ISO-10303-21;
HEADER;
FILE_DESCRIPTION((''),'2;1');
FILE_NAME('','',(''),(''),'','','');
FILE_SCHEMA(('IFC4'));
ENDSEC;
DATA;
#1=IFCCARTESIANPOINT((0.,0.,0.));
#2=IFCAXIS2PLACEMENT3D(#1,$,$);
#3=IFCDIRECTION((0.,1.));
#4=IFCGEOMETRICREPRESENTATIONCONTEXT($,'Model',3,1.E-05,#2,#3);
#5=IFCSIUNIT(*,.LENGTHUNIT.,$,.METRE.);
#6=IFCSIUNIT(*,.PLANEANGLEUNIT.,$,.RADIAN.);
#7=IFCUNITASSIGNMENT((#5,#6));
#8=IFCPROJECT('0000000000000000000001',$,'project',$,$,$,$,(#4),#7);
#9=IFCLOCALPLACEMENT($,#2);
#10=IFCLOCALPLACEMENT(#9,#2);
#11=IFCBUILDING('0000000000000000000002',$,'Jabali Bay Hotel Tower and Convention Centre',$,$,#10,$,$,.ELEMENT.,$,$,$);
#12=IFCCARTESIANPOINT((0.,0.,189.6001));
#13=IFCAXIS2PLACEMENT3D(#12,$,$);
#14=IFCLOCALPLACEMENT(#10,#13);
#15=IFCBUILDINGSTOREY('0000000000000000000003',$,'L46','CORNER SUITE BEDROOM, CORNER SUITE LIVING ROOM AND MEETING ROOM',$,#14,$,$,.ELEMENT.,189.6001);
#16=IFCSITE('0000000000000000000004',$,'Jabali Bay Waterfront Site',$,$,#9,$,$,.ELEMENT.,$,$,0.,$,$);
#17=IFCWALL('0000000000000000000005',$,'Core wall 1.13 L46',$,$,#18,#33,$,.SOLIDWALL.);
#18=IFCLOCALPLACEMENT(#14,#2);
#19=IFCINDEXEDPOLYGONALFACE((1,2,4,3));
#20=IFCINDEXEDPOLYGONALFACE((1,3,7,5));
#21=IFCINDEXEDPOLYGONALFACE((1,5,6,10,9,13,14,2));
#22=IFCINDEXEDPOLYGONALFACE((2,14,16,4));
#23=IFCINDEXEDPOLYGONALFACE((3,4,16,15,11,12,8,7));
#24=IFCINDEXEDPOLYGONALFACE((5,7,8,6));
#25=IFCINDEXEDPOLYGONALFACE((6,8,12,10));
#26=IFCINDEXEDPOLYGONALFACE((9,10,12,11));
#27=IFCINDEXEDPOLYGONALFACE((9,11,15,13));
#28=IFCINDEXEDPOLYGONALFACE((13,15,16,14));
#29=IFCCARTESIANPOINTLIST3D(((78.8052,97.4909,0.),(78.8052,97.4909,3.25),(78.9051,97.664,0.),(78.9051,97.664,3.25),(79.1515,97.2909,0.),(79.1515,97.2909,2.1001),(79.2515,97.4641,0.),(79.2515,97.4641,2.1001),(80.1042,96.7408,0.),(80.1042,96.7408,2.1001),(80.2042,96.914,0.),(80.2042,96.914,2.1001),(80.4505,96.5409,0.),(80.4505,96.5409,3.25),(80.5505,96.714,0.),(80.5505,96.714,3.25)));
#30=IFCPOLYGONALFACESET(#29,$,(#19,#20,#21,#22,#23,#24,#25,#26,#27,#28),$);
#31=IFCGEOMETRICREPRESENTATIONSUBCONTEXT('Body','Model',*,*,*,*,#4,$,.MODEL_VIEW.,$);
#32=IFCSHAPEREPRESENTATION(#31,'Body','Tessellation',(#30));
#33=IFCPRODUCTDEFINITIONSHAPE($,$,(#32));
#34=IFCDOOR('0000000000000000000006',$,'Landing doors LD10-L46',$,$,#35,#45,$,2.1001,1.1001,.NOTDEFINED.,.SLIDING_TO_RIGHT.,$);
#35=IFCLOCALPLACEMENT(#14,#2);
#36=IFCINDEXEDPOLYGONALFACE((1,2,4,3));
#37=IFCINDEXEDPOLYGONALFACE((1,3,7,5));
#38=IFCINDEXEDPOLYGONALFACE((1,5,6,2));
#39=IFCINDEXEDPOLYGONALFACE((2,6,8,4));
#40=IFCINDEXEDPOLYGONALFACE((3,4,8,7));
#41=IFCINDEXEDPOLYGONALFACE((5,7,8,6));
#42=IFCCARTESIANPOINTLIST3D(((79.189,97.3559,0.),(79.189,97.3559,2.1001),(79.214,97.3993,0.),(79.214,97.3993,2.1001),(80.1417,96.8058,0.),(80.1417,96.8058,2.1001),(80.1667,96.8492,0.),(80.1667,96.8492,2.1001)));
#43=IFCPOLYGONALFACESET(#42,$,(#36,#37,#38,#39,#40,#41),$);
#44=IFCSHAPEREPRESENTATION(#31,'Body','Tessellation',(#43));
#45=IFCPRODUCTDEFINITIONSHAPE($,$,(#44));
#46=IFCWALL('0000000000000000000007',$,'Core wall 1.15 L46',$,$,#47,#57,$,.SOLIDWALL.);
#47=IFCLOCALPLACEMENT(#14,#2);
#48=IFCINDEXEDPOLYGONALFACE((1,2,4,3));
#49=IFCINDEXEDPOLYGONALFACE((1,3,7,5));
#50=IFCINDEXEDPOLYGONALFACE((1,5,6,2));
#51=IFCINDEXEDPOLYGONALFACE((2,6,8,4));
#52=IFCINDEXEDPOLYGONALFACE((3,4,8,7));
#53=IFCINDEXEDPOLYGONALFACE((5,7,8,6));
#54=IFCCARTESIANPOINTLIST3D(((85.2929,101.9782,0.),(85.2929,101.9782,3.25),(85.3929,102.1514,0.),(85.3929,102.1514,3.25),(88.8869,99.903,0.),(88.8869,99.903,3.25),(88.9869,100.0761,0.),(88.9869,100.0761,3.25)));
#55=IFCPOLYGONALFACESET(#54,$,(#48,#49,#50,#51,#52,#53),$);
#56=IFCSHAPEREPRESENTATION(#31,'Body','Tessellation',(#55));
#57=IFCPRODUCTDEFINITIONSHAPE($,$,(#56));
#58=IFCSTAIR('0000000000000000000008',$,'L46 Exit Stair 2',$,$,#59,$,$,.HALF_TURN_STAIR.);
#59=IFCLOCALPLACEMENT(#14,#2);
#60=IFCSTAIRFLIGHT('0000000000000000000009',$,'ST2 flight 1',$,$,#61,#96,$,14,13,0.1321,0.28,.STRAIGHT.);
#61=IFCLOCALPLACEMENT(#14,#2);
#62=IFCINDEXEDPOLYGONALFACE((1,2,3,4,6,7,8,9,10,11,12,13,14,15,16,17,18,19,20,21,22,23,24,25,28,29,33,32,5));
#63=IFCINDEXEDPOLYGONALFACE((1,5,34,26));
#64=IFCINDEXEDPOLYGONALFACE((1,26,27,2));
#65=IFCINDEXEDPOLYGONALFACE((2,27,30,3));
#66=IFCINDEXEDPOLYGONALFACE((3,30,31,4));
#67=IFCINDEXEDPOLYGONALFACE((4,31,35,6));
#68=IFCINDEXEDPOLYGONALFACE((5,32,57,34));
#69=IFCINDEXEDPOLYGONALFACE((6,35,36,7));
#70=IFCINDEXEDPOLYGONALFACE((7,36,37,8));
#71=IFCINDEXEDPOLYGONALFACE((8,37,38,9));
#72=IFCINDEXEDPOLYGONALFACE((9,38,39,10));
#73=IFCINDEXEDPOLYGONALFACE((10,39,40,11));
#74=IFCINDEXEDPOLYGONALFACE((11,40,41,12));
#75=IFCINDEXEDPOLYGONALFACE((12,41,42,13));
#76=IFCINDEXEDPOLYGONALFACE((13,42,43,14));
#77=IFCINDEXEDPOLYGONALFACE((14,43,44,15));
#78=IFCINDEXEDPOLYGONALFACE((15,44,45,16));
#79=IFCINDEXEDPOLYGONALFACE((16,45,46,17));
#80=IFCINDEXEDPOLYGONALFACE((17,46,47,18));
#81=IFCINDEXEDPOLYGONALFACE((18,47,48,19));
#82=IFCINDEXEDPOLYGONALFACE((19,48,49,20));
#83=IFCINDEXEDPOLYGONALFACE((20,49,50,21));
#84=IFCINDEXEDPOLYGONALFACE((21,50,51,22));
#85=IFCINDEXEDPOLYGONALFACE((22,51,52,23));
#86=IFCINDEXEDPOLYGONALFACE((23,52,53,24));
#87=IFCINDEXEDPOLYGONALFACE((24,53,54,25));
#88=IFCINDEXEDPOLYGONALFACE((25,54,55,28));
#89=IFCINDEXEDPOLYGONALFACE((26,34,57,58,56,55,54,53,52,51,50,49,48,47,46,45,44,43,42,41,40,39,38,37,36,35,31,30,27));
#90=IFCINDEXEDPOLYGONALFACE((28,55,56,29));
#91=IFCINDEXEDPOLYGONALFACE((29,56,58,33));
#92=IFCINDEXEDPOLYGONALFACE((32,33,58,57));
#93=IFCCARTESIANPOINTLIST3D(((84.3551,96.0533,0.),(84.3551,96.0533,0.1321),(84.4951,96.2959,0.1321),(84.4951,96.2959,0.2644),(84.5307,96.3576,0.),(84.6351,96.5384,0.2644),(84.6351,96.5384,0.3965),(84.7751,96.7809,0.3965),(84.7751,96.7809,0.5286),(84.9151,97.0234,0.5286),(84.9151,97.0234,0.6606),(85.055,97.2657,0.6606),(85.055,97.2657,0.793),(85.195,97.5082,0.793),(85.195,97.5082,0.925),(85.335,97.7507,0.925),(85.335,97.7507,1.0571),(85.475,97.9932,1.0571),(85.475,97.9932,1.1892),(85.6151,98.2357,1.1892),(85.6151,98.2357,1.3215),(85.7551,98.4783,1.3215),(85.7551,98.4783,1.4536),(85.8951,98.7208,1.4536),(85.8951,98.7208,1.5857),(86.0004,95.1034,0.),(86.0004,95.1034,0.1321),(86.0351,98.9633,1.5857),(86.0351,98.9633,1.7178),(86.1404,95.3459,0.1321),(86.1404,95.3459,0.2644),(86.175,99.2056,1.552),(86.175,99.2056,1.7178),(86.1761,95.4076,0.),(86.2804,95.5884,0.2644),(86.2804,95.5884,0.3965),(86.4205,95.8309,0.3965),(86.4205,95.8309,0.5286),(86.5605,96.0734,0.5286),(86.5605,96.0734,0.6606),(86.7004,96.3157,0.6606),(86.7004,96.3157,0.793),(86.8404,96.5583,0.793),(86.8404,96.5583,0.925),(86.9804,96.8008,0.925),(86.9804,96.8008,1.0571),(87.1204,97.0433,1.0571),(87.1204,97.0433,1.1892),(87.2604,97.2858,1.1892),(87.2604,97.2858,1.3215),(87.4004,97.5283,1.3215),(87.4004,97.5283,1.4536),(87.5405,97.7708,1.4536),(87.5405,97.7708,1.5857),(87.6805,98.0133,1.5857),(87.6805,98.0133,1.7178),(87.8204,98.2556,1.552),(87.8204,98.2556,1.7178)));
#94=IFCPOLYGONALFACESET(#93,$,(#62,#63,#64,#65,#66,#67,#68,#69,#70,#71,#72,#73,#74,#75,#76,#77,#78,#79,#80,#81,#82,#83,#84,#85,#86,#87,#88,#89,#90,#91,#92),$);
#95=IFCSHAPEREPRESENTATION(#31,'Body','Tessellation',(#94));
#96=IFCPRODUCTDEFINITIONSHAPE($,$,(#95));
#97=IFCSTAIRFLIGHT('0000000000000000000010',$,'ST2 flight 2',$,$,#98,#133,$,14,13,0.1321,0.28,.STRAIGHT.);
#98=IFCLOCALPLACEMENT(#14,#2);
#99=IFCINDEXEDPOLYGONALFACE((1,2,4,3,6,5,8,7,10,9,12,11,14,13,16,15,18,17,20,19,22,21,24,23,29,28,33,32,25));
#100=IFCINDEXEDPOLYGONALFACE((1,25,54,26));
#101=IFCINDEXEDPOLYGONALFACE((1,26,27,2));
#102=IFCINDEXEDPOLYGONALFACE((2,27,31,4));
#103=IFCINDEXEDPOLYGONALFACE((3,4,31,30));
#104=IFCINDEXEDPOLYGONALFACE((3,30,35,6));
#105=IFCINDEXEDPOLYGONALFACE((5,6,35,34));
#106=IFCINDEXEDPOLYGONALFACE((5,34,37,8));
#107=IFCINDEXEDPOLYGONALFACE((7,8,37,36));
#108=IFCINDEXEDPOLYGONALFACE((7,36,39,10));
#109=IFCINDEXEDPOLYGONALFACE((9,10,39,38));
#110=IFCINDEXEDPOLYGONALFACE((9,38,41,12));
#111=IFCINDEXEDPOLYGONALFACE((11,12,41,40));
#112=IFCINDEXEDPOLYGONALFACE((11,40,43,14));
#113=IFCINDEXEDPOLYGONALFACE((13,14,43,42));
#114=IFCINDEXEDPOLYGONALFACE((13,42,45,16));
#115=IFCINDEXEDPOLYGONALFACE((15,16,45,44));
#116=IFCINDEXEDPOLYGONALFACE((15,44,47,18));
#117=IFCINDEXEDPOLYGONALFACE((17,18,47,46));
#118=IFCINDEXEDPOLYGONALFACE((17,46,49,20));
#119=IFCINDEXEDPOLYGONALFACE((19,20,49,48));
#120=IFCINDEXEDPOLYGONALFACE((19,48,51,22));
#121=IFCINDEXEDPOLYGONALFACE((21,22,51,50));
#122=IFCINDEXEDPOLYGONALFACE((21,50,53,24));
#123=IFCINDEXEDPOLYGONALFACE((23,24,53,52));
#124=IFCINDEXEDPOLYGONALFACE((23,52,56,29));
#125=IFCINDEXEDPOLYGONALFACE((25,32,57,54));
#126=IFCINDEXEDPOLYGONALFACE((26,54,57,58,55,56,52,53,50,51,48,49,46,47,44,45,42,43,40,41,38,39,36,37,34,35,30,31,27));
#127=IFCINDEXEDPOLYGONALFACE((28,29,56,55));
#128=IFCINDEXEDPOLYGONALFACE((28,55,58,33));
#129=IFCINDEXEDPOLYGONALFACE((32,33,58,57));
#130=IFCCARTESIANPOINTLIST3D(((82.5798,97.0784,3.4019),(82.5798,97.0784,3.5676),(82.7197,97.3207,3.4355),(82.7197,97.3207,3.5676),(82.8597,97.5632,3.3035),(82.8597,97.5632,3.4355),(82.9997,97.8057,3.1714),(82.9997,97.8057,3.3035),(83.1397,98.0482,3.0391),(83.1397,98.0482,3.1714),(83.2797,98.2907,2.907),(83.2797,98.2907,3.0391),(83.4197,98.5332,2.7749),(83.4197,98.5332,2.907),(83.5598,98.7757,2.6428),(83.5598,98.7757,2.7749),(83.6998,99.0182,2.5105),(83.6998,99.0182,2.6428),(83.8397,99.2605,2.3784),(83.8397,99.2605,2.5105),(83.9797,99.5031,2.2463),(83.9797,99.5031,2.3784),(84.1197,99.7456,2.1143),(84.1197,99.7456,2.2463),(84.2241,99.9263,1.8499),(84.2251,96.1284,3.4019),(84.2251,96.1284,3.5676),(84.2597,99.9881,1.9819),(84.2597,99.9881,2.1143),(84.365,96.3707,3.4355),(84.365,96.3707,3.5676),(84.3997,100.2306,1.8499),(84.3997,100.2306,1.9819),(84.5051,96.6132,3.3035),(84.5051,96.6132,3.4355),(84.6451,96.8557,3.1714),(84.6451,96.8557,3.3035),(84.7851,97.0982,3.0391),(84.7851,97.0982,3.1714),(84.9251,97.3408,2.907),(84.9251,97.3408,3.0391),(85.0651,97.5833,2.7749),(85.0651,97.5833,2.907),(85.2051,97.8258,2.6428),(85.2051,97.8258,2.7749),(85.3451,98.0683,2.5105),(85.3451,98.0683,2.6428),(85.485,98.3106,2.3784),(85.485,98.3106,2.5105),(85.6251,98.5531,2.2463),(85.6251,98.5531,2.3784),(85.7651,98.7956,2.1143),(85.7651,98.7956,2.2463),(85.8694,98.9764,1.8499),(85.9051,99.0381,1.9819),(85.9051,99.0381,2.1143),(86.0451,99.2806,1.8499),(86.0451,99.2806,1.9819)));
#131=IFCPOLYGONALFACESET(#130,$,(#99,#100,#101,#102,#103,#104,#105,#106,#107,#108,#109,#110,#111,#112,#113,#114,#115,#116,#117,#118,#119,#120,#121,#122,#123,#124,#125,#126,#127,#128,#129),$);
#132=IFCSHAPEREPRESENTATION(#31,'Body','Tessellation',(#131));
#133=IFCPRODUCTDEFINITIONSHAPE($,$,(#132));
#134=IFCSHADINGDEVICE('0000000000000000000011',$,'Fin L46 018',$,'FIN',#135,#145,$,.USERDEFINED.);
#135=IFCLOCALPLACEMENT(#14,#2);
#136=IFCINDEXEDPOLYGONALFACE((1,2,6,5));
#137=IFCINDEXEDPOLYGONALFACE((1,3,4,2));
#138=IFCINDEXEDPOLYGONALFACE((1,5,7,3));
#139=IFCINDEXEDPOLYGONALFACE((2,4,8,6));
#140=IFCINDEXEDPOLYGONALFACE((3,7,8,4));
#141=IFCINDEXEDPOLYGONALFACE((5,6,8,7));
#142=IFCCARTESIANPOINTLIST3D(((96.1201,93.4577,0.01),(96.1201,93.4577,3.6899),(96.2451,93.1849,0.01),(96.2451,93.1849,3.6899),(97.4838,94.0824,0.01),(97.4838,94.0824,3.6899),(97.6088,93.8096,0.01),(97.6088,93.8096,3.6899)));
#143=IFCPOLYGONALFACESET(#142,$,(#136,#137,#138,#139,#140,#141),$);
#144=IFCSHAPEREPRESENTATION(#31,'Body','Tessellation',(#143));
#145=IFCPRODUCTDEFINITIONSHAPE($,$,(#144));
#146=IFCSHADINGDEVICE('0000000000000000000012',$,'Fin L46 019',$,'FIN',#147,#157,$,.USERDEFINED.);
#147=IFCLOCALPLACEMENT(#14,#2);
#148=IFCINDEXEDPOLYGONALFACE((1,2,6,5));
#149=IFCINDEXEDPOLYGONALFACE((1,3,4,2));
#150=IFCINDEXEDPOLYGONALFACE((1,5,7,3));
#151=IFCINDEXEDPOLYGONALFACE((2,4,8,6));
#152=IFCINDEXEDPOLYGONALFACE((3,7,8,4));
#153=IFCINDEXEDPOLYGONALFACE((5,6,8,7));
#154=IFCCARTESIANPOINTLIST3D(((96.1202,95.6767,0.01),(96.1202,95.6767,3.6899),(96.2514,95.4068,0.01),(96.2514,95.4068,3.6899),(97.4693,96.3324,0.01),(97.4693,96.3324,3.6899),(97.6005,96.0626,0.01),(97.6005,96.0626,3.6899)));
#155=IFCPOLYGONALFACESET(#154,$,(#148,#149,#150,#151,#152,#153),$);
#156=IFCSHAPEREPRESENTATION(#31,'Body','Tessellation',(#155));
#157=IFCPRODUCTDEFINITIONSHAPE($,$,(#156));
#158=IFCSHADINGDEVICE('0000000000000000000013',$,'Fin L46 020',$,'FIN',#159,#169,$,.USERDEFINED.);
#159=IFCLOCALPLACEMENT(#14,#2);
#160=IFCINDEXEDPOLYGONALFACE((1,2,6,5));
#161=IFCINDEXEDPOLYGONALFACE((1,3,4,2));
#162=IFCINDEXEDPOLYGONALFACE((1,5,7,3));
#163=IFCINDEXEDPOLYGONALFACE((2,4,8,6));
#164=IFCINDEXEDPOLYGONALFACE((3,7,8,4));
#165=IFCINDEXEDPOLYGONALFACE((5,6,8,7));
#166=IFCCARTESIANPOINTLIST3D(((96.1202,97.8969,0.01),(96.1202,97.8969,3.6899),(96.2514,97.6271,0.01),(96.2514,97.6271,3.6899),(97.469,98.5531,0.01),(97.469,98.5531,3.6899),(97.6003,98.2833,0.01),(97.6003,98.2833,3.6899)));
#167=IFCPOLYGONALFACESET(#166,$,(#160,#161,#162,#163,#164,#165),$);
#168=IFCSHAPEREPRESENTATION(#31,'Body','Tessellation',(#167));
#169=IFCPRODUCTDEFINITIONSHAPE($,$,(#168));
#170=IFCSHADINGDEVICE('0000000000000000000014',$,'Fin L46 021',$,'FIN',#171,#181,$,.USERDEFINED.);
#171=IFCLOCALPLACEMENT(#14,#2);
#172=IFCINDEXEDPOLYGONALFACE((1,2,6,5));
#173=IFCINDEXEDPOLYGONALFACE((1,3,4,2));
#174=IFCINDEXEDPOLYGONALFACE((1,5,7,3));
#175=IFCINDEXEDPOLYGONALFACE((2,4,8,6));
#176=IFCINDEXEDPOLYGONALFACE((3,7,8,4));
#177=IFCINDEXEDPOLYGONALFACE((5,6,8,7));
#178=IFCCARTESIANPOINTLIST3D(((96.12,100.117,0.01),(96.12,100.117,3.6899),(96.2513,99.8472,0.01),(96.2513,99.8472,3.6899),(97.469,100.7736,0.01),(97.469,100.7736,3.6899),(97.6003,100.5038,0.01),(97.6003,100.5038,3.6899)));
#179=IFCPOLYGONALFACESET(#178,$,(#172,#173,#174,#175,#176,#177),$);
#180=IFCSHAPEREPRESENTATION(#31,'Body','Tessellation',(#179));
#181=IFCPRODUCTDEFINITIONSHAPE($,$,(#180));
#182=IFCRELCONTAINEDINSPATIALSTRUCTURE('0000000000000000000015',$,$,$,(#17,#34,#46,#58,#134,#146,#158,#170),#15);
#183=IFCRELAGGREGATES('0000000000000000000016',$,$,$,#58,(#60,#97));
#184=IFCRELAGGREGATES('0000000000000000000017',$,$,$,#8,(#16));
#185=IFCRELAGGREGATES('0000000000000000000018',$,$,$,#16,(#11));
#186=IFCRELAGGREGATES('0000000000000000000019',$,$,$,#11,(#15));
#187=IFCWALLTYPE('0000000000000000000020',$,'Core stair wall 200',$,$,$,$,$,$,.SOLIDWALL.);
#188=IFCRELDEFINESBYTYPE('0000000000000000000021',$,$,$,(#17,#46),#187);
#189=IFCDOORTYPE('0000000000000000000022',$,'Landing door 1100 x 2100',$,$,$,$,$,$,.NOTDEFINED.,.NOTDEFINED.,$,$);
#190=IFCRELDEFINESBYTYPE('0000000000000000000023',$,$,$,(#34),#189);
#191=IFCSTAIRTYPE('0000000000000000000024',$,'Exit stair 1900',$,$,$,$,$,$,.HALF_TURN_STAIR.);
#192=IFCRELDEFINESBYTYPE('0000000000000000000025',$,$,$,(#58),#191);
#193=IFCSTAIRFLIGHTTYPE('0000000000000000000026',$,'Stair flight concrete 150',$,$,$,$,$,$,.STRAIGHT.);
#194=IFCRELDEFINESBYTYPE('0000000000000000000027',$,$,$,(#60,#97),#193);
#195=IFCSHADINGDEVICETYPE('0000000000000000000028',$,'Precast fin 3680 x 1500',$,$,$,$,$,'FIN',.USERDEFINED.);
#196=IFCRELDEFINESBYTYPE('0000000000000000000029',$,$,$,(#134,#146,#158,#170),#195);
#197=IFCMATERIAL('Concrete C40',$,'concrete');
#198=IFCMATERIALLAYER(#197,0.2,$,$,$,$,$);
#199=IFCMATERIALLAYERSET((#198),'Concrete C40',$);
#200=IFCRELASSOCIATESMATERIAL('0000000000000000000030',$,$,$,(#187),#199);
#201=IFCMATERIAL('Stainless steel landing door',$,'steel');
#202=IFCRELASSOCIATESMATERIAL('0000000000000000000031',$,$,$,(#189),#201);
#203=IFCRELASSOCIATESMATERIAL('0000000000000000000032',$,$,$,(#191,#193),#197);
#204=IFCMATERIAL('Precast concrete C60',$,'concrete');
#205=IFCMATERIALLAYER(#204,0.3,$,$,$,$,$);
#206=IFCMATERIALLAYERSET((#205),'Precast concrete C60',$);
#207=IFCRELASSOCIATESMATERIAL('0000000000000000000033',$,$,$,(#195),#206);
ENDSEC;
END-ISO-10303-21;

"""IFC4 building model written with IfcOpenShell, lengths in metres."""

from ifc_helpers import new_model, si_unit, direction, frame, frame_2d, origin, place, context, subcontext, project, spatial, polyline, rectangle, outline, extrude, material, layer, layer_set, type_object, element, fill, aggregate, save


model = new_model("IFC4")

# Units and contexts
model_context = context("Model", 3, precision=1e-05, world=origin(), true_north=direction((0.0, 1.0)))
body_context = subcontext(model_context, "Body", "Model", "MODEL_VIEW")
ifc_project = project(units=[si_unit("LENGTHUNIT", "METRE"), si_unit("PLANEANGLEUNIT", "RADIAN")], contexts=[model_context])

# Site, building, storey
site_placement = place(None, origin())
site = spatial("IfcSite", under=ifc_project, at=site_placement, Name="Jabali Bay Waterfront Site", CompositionType="ELEMENT", RefElevation=0.0)
building_placement = place(site_placement, origin())
building = spatial("IfcBuilding", under=site, at=building_placement, Name="Jabali Bay Hotel Tower and Convention Centre", CompositionType="ELEMENT")
storey_placement = place(building_placement, frame((0.0, 0.0, 189.6001)))
storey = spatial("IfcBuildingStorey", under=building, at=storey_placement, Name="L46", Description="CORNER SUITE BEDROOM, CORNER SUITE LIVING ROOM AND MEETING ROOM", CompositionType="ELEMENT", Elevation=189.6001)

# Shared definitions
ifc_material_1 = material(Name="Concrete C40", Category="concrete")

# Shared definitions
ifc_layer_1 = layer(ifc_material_1, 0.2)
ifc_layer_set_1 = layer_set([ifc_layer_1], Name="Concrete C40")
wall_type_1 = type_object("IfcWallType", Name="Core stair wall 200", PredefinedType="SOLIDWALL", material=ifc_layer_set_1)

# Wall, opening, door
wall_1_placement = place(storey_placement, frame((80.5005, 96.6274, 0.0), z_axis=(0.0, 0.0, 1.0), x_axis=(-0.866012, 0.500023, 0.0)))
wall_1 = element("IfcWall", 1, at=wall_1_placement, inside=storey, type_object=wall_type_1, Name="Core wall 1.13 L46", PredefinedType="SOLIDWALL", context=body_context, shape_type="SweptSolid", body=[
    extrude(rectangle(XDim=1.8999, YDim=0.2, at=frame_2d((0.95, 0.0))), origin(), (0.0, 0.0, 1.0), 3.25),
])
opening_1_placement = place(wall_1_placement, frame((0.3999, 0.0, 0.0)))
opening_1 = element("IfcOpeningElement", 2, at=opening_1_placement, cuts=wall_1, PredefinedType="OPENING", context=body_context, shape_type="SweptSolid", body=[
    extrude(rectangle(XDim=1.1001, YDim=2.1001, at=frame_2d((0.55, 1.05))), frame((0.0, 0.1104, 0.0), z_axis=(0.0, -1.0, 0.0), x_axis=(1.0, 0.0, 0.0)), (0.0, 0.0, 1.0), 0.2209),
])
ifc_material_2 = material(Name="Stainless steel landing door", Category="steel")
door_type_1 = type_object("IfcDoorType", Name="Landing door 1100 x 2100", OperationType="NOTDEFINED", PredefinedType="NOTDEFINED", material=ifc_material_2)
door_1_placement = place(opening_1_placement, origin())
door_1 = element("IfcDoor", 3, at=door_1_placement, inside=storey, type_object=door_type_1, Name="Landing doors LD10-L46", OperationType="SLIDING_TO_RIGHT", OverallHeight=2.1001, OverallWidth=1.1001, PredefinedType="NOTDEFINED", context=body_context, shape_type="SweptSolid", body=[
    extrude(rectangle(XDim=1.1001, YDim=2.1001, at=frame_2d((0.55, 1.05))), frame((0.0, 0.0249, 0.0), z_axis=(0.0, -1.0, 0.0), x_axis=(1.0, 0.0, 0.0)), (0.0, 0.0, 1.0), 0.05),
])
fill(opening_1, door_1)

# Wall
wall_2_placement = place(storey_placement, frame((88.937, 99.9895, 0.0), z_axis=(0.0, 0.0, 1.0), x_axis=(-0.866004, 0.500036, 0.0)))
element("IfcWall", 4, at=wall_2_placement, inside=storey, type_object=wall_type_1, Name="Core wall 1.15 L46", PredefinedType="SOLIDWALL", context=body_context, shape_type="SweptSolid", body=[
    extrude(rectangle(XDim=4.1501, YDim=0.2, at=frame_2d((2.0752, 0.0))), origin(), (0.0, 0.0, 1.0), 3.25),
])

# Stair, stair flights
stair_type = type_object("IfcStairType", Name="Exit stair 1900", PredefinedType="HALF_TURN_STAIR", material=ifc_material_1)
stair_placement = place(storey_placement, origin())
stair = element("IfcStair", 5, at=stair_placement, inside=storey, type_object=stair_type, Name="L46 Exit Stair 2", PredefinedType="HALF_TURN_STAIR")
stair_flight_type = type_object("IfcStairFlightType", Name="Stair flight concrete 150", PredefinedType="STRAIGHT", material=ifc_material_1)
stair_flight_1_placement = place(storey_placement, frame((85.1777, 95.5784, 0.0), z_axis=(0.0, 0.0, 1.0), x_axis=(0.5, 0.866025, 0.0)))
stair_flight_1 = element("IfcStairFlight", 6, at=stair_flight_1_placement, type_object=stair_flight_type, Name="ST2 flight 1", NumberOfRisers=14, NumberOfTreads=13, PredefinedType="STRAIGHT", RiserHeight=0.1321, TreadLength=0.28, context=body_context, shape_type="SweptSolid", body=[
    extrude(outline(polyline([(0.0, 0.0), (0.0, 0.1321), (0.28, 0.1321), (0.28, 0.2644), (0.5601, 0.2644), (0.5601, 0.3965), (0.8401, 0.3965), (0.8401, 0.5286), (1.1201, 0.5286), (1.1201, 0.6606), (1.3999, 0.6606), (1.3999, 0.793), (1.6799, 0.793), (1.6799, 0.925), (1.96, 0.925), (1.96, 1.0571), (2.24, 1.0571), (2.24, 1.1892), (2.52, 1.1892), (2.52, 1.3215), (2.8, 1.3215), (2.8, 1.4536), (3.0801, 1.4536), (3.0801, 1.5857), (3.3601, 1.5857), (3.3601, 1.7178), (3.6399, 1.7178), (3.6399, 1.8501), (3.6399, 1.552), (0.3513, 0.0), (0.0, 0.0)])), frame((0.0, 0.95, 0.0), z_axis=(0.0, -1.0, 0.0), x_axis=(1.0, 0.0, 0.0)), (0.0, 0.0, 1.0), 1.8999),
])
stair_flight_2_placement = place(storey_placement, frame((85.2224, 99.7556, 1.8499), z_axis=(0.0, 0.0, 1.0), x_axis=(-0.5, -0.866025, 0.0)))
stair_flight_2 = element("IfcStairFlight", 7, at=stair_flight_2_placement, type_object=stair_flight_type, Name="ST2 flight 2", NumberOfRisers=14, NumberOfTreads=13, PredefinedType="STRAIGHT", RiserHeight=0.1321, TreadLength=0.28, context=body_context, shape_type="SweptSolid", body=[
    extrude(outline(polyline([(0.0, 0.0), (0.0, 0.1321), (0.28, 0.1321), (0.28, 0.2644), (0.5601, 0.2644), (0.5601, 0.3965), (0.8401, 0.3965), (0.8401, 0.5286), (1.1201, 0.5286), (1.1201, 0.6606), (1.3999, 0.6606), (1.3999, 0.793), (1.6799, 0.793), (1.6799, 0.925), (1.96, 0.925), (1.96, 1.0571), (2.24, 1.0571), (2.24, 1.1892), (2.52, 1.1892), (2.52, 1.3215), (2.8, 1.3215), (2.8, 1.4536), (3.0801, 1.4536), (3.0801, 1.5857), (3.3601, 1.5857), (3.3601, 1.7178), (3.6399, 1.7178), (3.6399, 1.8501), (3.6399, 1.552), (0.3513, 0.0), (0.0, 0.0)])), frame((0.0, 0.95, 0.0), z_axis=(0.0, -1.0, 0.0), x_axis=(1.0, 0.0, 0.0)), (0.0, 0.0, 1.0), 1.8999),
])
aggregate(stair, [stair_flight_1, stair_flight_2])

# Shading devices
ifc_material_3 = material(Name="Precast concrete C60", Category="concrete")
ifc_layer_2 = layer(ifc_material_3, 0.3)
ifc_layer_set_2 = layer_set([ifc_layer_2], Name="Precast concrete C60")
shading_device_type = type_object("IfcShadingDeviceType", Name="Precast fin 3680 x 1500", ElementType="FIN", PredefinedType="USERDEFINED", material=ifc_layer_set_2)
for number, where, z_axis, x_axis, name in (
    (8, (96.1826, 93.3213, 0.01), (0.0, 0.0, 1.0), (0.909142, 0.416487, 0.0), "Fin L46 018"),
    (9, (96.1858, 95.5417, 0.01), (0.0, 0.0, 1.0), (0.899384, 0.43716, 0.0), "Fin L46 019"),
    (10, (96.1858, 97.762, 0.01), (0.0, 0.0, 1.0), (0.899225, 0.437487, 0.0), "Fin L46 020"),
):
    element("IfcShadingDevice", number, at=place(storey_placement, frame(where, z_axis=z_axis, x_axis=x_axis)), inside=storey, type_object=shading_device_type, Name=name, ObjectType="FIN", PredefinedType="USERDEFINED", context=body_context, shape_type="SweptSolid", body=[
        extrude(rectangle(XDim=1.5, YDim=0.3, at=frame_2d((0.75, 0.0))), origin(), (0.0, 0.0, 1.0), 3.6799),
    ])
shading_device_placement = place(storey_placement, frame((96.1858, 99.9822, 0.01), z_axis=(0.0, 0.0, 1.0), x_axis=(0.899161, 0.437619, 0.0)))
element("IfcShadingDevice", 11, at=shading_device_placement, inside=storey, type_object=shading_device_type, Name="Fin L46 021", ObjectType="FIN", PredefinedType="USERDEFINED", context=body_context, shape_type="SweptSolid", body=[
    extrude(rectangle(XDim=1.5002, YDim=0.3, at=frame_2d((0.75, 0.0))), origin(), (0.0, 0.0, 1.0), 3.6799),
])

save(model, "model.ifc")
